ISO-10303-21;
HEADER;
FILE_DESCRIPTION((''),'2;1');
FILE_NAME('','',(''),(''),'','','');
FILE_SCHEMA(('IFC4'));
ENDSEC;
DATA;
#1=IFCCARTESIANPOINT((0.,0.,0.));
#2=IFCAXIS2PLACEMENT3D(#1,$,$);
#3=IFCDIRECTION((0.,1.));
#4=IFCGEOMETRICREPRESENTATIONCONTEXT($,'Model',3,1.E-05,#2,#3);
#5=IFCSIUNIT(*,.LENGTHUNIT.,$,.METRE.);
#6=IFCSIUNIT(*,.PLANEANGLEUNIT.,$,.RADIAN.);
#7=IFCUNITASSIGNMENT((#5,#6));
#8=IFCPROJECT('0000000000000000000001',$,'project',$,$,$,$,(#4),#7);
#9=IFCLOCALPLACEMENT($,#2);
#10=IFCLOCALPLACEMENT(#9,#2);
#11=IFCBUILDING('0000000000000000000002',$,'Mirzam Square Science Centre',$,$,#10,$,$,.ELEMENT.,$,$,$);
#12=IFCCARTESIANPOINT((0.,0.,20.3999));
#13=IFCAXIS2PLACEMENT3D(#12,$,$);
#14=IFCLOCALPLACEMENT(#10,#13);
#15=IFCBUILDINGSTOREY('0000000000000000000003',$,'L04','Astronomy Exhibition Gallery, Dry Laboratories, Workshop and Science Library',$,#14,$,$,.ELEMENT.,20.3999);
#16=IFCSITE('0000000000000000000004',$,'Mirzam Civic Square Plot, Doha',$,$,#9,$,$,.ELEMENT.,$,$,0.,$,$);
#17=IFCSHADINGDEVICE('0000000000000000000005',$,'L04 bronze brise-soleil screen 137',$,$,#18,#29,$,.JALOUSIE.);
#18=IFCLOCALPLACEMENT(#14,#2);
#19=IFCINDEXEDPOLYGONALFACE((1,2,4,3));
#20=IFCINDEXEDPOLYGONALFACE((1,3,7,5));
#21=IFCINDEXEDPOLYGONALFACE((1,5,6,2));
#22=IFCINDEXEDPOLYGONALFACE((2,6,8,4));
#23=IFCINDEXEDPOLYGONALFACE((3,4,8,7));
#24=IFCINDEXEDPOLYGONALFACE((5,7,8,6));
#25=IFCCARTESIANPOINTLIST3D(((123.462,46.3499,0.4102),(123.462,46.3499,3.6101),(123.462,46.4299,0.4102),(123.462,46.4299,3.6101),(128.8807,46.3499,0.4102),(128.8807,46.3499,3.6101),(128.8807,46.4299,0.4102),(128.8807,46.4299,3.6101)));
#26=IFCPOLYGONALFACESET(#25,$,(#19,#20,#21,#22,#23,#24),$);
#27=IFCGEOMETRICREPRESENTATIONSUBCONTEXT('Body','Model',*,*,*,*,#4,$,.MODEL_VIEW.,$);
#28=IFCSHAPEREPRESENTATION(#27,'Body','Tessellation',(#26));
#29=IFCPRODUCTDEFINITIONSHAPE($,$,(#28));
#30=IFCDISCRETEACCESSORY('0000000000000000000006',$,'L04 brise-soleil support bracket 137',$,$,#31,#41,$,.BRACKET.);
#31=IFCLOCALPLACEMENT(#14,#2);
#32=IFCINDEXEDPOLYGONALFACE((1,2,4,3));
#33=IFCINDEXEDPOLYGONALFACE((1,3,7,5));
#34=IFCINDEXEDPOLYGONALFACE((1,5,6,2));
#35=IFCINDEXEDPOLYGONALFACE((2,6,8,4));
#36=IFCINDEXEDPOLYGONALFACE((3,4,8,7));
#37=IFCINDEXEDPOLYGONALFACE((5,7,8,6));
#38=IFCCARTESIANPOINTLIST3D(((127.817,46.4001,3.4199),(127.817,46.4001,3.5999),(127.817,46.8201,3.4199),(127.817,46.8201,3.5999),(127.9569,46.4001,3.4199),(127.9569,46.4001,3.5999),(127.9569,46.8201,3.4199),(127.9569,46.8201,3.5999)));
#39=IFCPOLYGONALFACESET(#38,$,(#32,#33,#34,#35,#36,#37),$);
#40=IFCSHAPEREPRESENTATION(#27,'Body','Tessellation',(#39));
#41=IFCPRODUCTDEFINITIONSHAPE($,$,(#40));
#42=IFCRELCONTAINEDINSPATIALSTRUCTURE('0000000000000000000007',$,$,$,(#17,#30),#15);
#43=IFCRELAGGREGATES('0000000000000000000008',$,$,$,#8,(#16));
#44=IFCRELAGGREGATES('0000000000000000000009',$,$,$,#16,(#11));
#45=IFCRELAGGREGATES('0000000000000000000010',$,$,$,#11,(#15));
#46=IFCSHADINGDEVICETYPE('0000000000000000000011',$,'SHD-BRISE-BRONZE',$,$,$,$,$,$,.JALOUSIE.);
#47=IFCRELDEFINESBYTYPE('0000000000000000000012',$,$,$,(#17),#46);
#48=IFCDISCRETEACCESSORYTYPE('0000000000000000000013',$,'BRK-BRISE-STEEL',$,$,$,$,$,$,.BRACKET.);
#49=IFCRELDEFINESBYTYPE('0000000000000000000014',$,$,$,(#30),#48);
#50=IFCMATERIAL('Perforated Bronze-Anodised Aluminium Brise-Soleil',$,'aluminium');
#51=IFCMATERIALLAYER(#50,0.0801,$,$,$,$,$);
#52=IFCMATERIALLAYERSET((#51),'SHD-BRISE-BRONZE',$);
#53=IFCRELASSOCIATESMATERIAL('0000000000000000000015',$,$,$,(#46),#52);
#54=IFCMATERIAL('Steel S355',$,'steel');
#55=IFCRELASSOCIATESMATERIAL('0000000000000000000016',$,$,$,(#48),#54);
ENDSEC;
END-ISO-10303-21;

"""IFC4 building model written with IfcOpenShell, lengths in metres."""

from ifc_helpers import new_model, si_unit, direction, frame, origin, origin_2d, place, context, subcontext, project, spatial, rectangle, extrude, material, layer, layer_set, type_object, element, save


model = new_model("IFC4")

# Units and contexts
model_context = context("Model", 3, precision=1e-05, world=origin(), true_north=direction((0.0, 1.0)))
body_context = subcontext(model_context, "Body", "Model", "MODEL_VIEW")
ifc_project = project(units=[si_unit("LENGTHUNIT", "METRE"), si_unit("PLANEANGLEUNIT", "RADIAN")], contexts=[model_context])

# Site, building, storey
site_placement = place(None, origin())
site = spatial("IfcSite", under=ifc_project, at=site_placement, Name="Mirzam Civic Square Plot, Doha", CompositionType="ELEMENT", RefElevation=0.0)
building_placement = place(site_placement, origin())
building = spatial("IfcBuilding", under=site, at=building_placement, Name="Mirzam Square Science Centre", CompositionType="ELEMENT")
storey_placement = place(building_placement, frame((0.0, 0.0, 20.3999)))
storey = spatial("IfcBuildingStorey", under=building, at=storey_placement, Name="L04", Description="Astronomy Exhibition Gallery, Dry Laboratories, Workshop and Science Library", CompositionType="ELEMENT", Elevation=20.3999)

# Shared definitions
ifc_material_1 = material(Name="Steel S355", Category="steel")

# Shading device
ifc_material_2 = material(Name="Perforated Bronze-Anodised Aluminium Brise-Soleil", Category="aluminium")
ifc_layer_1 = layer(ifc_material_2, 0.0801)
ifc_layer_set_1 = layer_set([ifc_layer_1], Name="SHD-BRISE-BRONZE")
shading_device_type = type_object("IfcShadingDeviceType", Name="SHD-BRISE-BRONZE", PredefinedType="JALOUSIE", material=ifc_layer_set_1)
shading_device_placement = place(storey_placement, frame((126.1714, 46.3899, 0.4102), z_axis=(0.0, 0.0, 1.0), x_axis=(1.0, 0.0, 0.0)))
element("IfcShadingDevice", 1, at=shading_device_placement, inside=storey, type_object=shading_device_type, Name="L04 bronze brise-soleil screen 137", PredefinedType="JALOUSIE", context=body_context, shape_type="SweptSolid", body=[
    extrude(rectangle(XDim=5.4187, YDim=0.0801, at=origin_2d()), origin(), (0.0, 0.0, 1.0), 3.2),
])

# Discrete accessory
discrete_accessory_type = type_object("IfcDiscreteAccessoryType", Name="BRK-BRISE-STEEL", PredefinedType="BRACKET", material=ifc_material_1)
discrete_accessory_placement = place(storey_placement, frame((127.887, 46.6101, 3.4199), z_axis=(0.0, 0.0, 1.0), x_axis=(1.0, 0.0, 0.0)))
element("IfcDiscreteAccessory", 2, at=discrete_accessory_placement, inside=storey, type_object=discrete_accessory_type, Name="L04 brise-soleil support bracket 137", PredefinedType="BRACKET", context=body_context, shape_type="SweptSolid", body=[
    extrude(rectangle(XDim=0.1399, YDim=0.4199, at=origin_2d()), origin(), (0.0, 0.0, 1.0), 0.1799),
])

save(model, "model.ifc")
